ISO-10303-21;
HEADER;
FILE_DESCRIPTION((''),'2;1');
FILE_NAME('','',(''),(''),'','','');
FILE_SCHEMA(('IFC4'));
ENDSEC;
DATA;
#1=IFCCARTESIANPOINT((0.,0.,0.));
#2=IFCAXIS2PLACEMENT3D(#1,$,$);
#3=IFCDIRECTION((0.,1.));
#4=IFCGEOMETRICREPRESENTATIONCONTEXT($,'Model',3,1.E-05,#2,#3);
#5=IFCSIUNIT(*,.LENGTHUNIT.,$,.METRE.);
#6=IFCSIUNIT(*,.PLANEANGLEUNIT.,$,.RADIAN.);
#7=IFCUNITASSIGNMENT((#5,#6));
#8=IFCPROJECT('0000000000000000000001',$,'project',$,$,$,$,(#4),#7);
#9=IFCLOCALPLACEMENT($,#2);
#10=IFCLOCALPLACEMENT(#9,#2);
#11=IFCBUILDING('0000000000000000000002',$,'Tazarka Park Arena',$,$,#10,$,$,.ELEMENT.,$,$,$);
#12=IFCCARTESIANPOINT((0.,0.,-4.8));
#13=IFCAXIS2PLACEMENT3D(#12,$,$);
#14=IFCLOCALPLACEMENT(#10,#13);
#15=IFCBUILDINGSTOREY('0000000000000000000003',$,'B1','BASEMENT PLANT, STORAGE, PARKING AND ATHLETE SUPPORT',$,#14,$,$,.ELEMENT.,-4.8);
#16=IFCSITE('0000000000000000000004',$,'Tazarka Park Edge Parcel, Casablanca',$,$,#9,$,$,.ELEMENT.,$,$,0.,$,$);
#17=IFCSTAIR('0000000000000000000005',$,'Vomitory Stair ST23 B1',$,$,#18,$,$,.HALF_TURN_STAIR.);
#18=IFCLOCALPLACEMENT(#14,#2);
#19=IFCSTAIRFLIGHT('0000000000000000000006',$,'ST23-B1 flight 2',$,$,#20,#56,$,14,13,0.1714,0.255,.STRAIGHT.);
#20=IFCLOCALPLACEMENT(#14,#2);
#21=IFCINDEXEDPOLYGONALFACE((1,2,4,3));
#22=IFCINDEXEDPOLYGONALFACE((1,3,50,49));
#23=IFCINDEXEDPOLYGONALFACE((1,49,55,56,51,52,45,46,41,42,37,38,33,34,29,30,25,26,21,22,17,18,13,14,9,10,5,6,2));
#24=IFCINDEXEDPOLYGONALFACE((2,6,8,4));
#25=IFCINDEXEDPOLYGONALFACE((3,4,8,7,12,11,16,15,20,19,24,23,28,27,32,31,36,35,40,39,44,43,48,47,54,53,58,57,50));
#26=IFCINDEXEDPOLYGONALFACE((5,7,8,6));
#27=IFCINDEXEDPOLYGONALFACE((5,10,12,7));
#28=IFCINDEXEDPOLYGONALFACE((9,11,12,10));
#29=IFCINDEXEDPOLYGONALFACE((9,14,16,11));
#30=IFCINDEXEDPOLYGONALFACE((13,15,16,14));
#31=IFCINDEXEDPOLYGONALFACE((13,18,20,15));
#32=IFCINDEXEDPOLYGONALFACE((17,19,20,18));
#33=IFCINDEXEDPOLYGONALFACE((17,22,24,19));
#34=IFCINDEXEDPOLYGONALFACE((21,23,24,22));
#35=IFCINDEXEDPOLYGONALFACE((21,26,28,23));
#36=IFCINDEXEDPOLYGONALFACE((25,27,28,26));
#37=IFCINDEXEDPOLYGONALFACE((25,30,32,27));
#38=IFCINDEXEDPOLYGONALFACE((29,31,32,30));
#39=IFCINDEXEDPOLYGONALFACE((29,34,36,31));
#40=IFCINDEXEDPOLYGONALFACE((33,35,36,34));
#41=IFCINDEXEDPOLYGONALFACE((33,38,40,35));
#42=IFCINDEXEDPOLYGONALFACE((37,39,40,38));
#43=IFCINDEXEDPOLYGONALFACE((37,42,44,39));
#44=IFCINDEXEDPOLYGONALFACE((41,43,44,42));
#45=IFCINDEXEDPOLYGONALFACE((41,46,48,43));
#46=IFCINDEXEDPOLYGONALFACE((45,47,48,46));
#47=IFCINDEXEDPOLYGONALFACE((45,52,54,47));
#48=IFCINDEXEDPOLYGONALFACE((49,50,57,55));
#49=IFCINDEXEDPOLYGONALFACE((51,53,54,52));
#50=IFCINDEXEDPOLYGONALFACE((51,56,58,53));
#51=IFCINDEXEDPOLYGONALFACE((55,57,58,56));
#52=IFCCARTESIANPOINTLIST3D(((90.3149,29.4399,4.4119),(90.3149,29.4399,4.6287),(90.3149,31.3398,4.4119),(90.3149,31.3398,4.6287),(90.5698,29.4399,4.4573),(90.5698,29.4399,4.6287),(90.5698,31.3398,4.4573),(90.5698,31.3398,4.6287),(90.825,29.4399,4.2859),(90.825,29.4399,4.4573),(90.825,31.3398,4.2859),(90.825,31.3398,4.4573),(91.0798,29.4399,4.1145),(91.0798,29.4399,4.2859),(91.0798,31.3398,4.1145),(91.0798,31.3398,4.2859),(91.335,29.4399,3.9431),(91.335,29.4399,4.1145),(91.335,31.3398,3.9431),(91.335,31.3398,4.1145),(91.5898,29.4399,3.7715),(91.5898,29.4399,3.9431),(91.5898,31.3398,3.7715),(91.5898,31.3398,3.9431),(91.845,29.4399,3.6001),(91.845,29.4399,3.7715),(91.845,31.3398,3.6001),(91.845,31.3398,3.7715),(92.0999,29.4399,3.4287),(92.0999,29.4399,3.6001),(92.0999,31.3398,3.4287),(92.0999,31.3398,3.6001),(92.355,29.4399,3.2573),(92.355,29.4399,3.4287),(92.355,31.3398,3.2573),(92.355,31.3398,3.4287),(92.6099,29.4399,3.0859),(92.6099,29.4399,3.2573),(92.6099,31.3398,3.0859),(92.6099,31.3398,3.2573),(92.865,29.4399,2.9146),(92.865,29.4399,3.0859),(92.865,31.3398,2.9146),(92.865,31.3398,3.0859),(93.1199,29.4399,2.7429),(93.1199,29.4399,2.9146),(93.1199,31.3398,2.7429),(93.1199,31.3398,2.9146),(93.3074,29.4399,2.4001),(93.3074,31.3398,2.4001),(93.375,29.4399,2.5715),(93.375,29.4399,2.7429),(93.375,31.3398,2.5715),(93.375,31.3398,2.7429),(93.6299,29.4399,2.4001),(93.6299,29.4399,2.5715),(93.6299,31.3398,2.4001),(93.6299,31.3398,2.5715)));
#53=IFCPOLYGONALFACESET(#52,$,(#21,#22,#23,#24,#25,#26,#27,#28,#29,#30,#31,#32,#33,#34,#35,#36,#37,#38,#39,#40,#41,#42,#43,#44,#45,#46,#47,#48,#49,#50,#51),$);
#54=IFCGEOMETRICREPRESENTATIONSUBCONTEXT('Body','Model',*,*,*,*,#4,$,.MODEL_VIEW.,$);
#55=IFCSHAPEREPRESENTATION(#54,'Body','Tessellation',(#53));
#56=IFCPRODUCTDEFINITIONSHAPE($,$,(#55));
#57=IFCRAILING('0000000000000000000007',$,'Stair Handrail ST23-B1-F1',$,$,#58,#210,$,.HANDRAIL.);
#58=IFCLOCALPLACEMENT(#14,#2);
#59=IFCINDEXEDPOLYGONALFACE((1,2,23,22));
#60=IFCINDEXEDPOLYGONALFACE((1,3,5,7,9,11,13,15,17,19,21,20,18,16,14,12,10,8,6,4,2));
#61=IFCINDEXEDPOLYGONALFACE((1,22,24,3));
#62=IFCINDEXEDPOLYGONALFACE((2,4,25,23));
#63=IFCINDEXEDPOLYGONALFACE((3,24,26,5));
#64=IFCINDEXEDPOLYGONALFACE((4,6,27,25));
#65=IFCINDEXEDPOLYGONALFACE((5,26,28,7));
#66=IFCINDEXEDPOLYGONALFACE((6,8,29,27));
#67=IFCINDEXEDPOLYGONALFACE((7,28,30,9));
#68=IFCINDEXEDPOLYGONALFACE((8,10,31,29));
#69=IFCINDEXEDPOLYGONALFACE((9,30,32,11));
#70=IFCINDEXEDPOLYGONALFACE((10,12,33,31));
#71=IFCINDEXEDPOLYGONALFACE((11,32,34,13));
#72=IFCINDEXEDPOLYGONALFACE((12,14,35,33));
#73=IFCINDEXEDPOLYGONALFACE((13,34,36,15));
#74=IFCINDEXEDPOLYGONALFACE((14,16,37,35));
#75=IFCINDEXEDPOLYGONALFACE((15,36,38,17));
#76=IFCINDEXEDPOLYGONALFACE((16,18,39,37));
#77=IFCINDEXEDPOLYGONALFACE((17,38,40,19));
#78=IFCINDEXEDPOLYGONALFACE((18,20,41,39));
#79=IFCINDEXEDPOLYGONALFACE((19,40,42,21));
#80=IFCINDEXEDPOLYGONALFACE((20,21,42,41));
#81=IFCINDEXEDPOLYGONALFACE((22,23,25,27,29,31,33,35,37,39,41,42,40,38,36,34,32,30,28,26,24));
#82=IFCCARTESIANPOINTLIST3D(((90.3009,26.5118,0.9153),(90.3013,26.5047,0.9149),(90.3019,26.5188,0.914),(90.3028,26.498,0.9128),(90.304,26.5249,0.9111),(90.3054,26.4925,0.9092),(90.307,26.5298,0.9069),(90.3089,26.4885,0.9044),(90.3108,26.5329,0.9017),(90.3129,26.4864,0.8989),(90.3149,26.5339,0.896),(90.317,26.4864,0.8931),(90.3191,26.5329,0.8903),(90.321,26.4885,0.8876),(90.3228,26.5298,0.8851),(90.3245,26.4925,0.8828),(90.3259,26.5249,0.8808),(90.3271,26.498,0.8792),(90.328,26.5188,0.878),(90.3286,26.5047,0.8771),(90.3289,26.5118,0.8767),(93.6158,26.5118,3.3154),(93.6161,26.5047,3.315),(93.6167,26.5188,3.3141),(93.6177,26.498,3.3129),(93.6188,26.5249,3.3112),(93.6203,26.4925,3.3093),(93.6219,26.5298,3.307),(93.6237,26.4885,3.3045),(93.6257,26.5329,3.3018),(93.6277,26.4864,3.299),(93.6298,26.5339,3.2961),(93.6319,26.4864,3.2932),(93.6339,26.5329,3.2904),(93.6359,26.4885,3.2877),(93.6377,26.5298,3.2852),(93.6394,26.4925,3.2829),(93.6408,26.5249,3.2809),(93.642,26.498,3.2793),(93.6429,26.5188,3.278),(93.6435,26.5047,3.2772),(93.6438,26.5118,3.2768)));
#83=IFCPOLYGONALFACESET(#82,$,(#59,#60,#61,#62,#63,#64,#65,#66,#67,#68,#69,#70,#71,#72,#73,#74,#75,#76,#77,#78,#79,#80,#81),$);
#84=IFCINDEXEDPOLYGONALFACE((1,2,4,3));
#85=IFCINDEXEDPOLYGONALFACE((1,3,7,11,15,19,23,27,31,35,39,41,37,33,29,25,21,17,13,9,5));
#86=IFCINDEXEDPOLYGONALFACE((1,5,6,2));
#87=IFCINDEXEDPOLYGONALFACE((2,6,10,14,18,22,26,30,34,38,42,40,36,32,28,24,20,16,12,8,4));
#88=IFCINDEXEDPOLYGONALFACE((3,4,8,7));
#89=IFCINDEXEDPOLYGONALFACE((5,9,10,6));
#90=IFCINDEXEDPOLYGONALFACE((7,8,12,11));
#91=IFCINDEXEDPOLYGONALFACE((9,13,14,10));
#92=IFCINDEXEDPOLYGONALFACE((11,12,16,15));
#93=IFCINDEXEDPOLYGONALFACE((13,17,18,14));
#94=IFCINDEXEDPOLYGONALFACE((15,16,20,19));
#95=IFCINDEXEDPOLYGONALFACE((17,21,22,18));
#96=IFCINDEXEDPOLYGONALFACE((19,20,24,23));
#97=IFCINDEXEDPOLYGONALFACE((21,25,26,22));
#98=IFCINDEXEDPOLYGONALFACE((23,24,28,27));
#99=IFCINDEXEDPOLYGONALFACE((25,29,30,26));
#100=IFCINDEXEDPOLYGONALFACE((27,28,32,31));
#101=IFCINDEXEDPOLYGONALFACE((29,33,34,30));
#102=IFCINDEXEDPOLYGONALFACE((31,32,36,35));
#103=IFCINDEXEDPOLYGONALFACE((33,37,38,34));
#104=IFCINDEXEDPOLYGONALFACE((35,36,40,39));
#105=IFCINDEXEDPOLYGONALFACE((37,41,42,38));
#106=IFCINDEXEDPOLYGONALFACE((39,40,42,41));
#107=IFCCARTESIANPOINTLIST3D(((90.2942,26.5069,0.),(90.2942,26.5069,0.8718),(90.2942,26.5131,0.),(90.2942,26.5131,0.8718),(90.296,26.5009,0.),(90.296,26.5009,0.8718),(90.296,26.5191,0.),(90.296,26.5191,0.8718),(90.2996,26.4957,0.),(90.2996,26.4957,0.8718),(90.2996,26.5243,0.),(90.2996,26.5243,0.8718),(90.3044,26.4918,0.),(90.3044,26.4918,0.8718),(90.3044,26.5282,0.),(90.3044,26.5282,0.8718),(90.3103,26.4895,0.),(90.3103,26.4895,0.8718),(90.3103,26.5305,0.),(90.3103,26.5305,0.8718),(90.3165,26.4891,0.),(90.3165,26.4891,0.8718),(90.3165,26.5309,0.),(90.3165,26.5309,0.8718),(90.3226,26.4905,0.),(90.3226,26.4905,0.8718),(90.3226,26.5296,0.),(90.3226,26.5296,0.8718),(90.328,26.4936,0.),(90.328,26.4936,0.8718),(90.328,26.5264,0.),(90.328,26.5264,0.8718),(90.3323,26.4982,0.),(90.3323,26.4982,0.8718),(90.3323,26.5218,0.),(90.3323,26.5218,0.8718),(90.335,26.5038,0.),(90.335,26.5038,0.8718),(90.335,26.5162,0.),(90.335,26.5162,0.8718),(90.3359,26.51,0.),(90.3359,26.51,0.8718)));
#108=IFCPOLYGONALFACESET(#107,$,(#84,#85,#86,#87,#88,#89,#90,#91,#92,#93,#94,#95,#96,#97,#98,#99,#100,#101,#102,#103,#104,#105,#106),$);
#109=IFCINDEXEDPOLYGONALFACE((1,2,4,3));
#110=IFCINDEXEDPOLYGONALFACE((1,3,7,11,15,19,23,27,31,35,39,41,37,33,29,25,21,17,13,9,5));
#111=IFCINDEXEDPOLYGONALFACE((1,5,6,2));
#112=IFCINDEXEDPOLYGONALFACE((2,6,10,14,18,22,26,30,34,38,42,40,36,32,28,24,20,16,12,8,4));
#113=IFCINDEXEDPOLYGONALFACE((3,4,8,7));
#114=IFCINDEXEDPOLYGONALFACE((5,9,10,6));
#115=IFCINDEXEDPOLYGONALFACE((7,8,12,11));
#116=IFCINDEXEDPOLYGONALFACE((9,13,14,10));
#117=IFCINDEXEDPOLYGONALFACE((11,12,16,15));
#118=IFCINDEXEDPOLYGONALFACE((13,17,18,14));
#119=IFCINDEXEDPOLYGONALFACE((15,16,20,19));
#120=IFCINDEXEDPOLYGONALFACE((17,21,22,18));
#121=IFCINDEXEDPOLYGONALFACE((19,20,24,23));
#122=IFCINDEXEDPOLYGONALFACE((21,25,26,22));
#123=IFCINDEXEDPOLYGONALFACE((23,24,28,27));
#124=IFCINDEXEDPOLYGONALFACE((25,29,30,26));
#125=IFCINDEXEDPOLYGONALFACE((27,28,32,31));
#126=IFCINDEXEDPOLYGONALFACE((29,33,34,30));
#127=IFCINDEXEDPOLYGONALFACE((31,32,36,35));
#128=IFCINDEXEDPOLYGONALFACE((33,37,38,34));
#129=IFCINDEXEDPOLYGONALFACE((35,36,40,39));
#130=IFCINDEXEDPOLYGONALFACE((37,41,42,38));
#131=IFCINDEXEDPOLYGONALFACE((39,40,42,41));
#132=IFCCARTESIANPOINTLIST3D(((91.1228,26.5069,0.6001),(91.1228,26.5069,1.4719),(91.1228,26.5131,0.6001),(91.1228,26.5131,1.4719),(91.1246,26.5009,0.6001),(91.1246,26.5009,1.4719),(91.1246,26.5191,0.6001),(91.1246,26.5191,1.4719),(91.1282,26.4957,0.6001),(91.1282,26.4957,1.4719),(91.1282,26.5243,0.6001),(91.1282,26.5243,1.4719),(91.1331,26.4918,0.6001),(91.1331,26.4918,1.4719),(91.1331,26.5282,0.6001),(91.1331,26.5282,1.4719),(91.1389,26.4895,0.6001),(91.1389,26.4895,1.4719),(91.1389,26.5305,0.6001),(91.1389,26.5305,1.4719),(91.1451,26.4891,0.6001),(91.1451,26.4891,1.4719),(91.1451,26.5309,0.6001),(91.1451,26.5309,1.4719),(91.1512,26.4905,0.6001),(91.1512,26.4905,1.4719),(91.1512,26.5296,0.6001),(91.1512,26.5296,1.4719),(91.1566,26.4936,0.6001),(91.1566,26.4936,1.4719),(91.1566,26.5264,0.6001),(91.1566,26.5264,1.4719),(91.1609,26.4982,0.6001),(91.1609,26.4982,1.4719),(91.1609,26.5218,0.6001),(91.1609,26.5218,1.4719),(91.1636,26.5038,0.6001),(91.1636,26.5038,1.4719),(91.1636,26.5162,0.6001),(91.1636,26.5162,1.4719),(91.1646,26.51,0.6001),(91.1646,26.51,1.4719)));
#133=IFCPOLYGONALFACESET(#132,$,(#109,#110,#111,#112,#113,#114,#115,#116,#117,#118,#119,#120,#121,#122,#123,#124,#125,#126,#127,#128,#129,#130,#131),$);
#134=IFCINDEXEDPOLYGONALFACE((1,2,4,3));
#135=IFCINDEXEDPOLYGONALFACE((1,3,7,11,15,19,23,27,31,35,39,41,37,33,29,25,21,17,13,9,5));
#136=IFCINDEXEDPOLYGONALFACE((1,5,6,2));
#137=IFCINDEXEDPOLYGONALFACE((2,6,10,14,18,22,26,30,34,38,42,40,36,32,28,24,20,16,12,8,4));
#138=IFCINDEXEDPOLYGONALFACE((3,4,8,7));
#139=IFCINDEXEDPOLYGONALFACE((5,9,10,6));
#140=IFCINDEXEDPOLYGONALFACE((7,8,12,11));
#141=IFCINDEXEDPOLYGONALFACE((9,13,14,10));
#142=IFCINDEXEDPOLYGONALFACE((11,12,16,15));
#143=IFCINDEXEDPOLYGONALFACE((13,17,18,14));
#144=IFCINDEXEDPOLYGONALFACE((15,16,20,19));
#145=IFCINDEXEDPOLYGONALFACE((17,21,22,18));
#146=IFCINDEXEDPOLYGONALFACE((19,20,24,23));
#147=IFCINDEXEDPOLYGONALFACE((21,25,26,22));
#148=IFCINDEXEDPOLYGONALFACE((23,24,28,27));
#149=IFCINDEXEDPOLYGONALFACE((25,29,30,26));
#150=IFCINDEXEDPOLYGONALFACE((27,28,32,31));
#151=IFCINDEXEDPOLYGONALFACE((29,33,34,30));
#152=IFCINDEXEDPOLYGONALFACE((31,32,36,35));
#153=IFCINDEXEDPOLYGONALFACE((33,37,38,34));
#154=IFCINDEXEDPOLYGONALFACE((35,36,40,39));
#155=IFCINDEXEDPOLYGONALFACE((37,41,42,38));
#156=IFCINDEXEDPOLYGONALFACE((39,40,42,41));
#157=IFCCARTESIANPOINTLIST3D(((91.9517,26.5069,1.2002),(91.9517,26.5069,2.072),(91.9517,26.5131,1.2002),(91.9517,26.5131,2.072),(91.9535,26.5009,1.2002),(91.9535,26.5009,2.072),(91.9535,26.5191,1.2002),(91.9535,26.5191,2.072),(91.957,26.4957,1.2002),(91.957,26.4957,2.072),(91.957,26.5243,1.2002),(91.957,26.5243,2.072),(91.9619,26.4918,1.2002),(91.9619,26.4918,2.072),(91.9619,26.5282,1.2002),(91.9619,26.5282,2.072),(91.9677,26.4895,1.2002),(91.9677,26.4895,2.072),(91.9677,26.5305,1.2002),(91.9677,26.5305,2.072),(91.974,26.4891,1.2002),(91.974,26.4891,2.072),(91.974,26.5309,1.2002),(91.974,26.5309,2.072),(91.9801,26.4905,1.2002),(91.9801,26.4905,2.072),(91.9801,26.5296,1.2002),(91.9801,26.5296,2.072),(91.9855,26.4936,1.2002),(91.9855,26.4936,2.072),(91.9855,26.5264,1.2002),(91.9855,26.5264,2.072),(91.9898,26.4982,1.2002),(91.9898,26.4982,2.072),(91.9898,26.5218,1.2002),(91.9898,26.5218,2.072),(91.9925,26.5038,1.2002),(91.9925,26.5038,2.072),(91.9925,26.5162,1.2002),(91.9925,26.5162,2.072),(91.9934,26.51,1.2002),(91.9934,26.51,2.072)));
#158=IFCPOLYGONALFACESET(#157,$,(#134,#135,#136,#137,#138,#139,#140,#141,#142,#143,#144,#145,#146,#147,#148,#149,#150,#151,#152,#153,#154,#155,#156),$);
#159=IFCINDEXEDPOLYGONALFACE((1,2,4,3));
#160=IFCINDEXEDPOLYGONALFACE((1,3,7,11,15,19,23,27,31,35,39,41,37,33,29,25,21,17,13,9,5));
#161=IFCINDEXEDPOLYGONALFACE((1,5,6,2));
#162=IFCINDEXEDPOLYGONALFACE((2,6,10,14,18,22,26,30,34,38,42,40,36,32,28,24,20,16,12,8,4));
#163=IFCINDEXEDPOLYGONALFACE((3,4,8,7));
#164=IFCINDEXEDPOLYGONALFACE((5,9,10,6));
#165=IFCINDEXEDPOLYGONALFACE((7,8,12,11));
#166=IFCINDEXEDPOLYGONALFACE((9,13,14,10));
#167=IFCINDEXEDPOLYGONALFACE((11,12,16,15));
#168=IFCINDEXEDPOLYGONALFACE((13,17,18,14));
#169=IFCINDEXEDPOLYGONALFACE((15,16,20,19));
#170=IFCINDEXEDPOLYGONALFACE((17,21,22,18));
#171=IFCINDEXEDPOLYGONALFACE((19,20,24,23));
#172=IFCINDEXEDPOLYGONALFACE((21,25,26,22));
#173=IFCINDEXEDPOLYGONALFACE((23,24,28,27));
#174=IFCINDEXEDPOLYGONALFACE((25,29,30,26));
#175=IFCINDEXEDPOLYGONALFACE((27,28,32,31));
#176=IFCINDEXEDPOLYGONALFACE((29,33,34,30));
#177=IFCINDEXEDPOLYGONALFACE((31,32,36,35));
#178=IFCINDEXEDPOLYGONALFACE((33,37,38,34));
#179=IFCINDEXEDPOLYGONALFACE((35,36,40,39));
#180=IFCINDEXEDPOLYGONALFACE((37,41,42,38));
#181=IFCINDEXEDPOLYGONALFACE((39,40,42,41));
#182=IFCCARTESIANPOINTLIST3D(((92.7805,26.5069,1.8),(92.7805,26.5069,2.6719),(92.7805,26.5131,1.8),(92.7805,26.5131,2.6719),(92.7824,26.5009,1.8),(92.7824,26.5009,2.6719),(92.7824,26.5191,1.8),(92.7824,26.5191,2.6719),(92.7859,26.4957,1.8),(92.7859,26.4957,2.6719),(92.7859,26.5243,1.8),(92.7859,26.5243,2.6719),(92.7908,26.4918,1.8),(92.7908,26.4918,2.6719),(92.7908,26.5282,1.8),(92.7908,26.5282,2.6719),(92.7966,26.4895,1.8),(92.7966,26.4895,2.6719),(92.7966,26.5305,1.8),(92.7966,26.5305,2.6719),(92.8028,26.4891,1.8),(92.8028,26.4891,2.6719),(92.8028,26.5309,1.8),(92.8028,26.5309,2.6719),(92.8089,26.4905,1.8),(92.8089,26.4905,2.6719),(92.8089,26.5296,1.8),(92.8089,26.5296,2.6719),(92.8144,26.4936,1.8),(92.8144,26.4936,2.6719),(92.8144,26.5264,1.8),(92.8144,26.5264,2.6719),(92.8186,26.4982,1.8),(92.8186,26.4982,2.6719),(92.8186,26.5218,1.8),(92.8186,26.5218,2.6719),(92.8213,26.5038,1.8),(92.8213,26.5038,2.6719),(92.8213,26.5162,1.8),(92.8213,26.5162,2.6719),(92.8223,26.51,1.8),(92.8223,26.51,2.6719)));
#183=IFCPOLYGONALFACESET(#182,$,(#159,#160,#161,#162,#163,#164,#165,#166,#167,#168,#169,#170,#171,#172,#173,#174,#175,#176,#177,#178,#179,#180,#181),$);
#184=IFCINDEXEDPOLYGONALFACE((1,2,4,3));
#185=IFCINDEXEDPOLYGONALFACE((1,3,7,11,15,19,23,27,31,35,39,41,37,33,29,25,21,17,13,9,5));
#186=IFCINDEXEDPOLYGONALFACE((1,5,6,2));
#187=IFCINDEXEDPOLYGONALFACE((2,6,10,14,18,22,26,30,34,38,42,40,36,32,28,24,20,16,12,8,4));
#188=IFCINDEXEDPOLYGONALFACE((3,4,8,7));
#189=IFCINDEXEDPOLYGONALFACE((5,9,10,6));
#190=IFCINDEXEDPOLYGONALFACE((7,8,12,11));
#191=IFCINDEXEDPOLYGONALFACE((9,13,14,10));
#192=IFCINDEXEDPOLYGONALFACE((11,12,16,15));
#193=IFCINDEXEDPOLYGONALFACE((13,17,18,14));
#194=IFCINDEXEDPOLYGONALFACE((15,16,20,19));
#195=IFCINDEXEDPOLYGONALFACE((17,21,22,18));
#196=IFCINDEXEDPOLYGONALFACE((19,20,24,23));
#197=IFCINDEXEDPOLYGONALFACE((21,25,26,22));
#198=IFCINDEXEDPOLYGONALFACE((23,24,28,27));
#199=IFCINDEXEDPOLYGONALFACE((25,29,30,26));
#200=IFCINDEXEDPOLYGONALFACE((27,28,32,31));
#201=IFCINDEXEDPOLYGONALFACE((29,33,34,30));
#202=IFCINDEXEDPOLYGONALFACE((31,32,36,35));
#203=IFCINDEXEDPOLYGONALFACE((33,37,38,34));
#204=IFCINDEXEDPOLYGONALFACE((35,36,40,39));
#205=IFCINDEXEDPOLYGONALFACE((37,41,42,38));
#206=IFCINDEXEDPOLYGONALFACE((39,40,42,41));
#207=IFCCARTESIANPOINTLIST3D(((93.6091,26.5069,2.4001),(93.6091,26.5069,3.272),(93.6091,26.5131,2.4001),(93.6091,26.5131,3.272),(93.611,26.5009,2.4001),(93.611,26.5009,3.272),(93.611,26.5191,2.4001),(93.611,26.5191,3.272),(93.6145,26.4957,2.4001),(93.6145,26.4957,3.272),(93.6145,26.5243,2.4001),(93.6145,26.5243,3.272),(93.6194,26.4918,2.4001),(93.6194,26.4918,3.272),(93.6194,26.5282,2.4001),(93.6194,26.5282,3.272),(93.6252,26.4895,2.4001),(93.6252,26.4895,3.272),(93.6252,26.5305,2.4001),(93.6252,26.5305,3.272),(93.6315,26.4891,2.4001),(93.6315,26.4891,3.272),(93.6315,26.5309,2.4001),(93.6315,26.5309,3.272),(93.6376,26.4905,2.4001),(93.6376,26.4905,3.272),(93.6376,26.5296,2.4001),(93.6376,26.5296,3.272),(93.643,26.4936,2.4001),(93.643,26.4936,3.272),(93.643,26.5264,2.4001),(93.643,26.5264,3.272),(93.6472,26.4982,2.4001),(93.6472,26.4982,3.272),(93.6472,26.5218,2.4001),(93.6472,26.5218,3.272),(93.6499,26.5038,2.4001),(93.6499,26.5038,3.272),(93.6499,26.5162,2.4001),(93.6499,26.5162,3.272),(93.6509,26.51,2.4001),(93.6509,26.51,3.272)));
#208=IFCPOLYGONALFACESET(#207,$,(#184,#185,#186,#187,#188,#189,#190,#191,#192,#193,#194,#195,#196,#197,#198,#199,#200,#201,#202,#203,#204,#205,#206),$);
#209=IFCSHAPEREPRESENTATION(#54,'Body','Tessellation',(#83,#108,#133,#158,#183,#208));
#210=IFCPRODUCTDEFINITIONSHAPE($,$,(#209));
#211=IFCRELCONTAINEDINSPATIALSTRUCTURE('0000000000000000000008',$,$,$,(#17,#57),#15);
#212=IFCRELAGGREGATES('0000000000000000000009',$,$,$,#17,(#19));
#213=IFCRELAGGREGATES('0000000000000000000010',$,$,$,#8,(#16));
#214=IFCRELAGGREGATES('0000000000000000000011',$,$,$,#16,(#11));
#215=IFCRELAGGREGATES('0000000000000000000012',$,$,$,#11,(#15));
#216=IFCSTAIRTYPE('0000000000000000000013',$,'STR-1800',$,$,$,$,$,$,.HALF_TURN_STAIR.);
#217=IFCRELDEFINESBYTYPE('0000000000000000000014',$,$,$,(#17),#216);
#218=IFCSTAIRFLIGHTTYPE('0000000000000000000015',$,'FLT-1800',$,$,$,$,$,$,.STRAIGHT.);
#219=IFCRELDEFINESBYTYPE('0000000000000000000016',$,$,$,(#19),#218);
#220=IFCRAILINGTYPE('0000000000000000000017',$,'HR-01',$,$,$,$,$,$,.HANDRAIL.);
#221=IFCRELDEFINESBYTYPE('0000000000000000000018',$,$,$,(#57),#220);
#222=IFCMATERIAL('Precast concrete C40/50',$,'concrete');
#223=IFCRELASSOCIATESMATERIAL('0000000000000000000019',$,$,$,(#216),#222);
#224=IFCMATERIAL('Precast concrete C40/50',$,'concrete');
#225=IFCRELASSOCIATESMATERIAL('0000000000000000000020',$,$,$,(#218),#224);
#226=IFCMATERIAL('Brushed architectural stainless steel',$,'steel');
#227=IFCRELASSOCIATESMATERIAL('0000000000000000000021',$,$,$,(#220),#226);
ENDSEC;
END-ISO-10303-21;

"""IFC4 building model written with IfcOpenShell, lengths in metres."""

from ifc_helpers import new_model, si_unit, direction, frame, origin, origin_2d, place, context, subcontext, project, spatial, polyline, circle, outline, extrude, material, type_object, element, aggregate, save


model = new_model("IFC4")

# Units and contexts
model_context = context("Model", 3, precision=1e-05, world=origin(), true_north=direction((0.0, 1.0)))
body_context = subcontext(model_context, "Body", "Model", "MODEL_VIEW")
ifc_project = project(units=[si_unit("LENGTHUNIT", "METRE"), si_unit("PLANEANGLEUNIT", "RADIAN")], contexts=[model_context])

# Site, building, storey
site_placement = place(None, origin())
site = spatial("IfcSite", under=ifc_project, at=site_placement, Name="Tazarka Park Edge Parcel, Casablanca", CompositionType="ELEMENT", RefElevation=0.0)
building_placement = place(site_placement, origin())
building = spatial("IfcBuilding", under=site, at=building_placement, Name="Tazarka Park Arena", CompositionType="ELEMENT")
storey_placement = place(building_placement, frame((0.0, 0.0, -4.8)))
storey = spatial("IfcBuildingStorey", under=building, at=storey_placement, Name="B1", Description="BASEMENT PLANT, STORAGE, PARKING AND ATHLETE SUPPORT", CompositionType="ELEMENT", Elevation=-4.8)

# Stair, stair flight
ifc_material_1 = material(Name="Precast concrete C40/50", Category="concrete")
stair_type = type_object("IfcStairType", Name="STR-1800", PredefinedType="HALF_TURN_STAIR", material=ifc_material_1)
stair_placement = place(storey_placement, origin())
stair = element("IfcStair", 1, at=stair_placement, inside=storey, type_object=stair_type, Name="Vomitory Stair ST23 B1", PredefinedType="HALF_TURN_STAIR")
ifc_material_2 = material(Name="Precast concrete C40/50", Category="concrete")
stair_flight_type = type_object("IfcStairFlightType", Name="FLT-1800", PredefinedType="STRAIGHT", material=ifc_material_2)
stair_flight_1_placement = place(storey_placement, frame((93.6299, 30.3899, 2.4001), z_axis=(0.0, 0.0, 1.0), x_axis=(-1.0, 0.0, 0.0)))
stair_flight_1 = element("IfcStairFlight", 2, at=stair_flight_1_placement, type_object=stair_flight_type, Name="ST23-B1 flight 2", NumberOfRisers=14, NumberOfTreads=13, PredefinedType="STRAIGHT", RiserHeight=0.1714, TreadLength=0.255, context=body_context, shape_type="SweptSolid", body=[
    extrude(outline(polyline([(0.0, 0.0), (0.0, 0.1714), (0.2549, 0.1714), (0.2549, 0.3428), (0.51, 0.3428), (0.51, 0.5144), (0.7649, 0.5144), (0.7649, 0.6858), (1.02, 0.6858), (1.02, 0.8572), (1.2749, 0.8572), (1.2749, 1.0286), (1.53, 1.0286), (1.53, 1.2), (1.7849, 1.2), (1.7849, 1.3713), (2.04, 1.3713), (2.04, 1.543), (2.2949, 1.543), (2.2949, 1.7144), (2.55, 1.7144), (2.55, 1.8857), (2.8049, 1.8857), (2.8049, 2.0571), (3.0601, 2.0571), (3.0601, 2.2285), (3.3149, 2.2285), (3.3149, 2.3999), (3.3149, 2.0117), (0.3225, 0.0), (0.0, 0.0)])), frame((0.0, 0.95, 0.0), z_axis=(0.0, -1.0, 0.0), x_axis=(1.0, 0.0, 0.0)), (0.0, 0.0, 1.0), 1.8999),
])
aggregate(stair, [stair_flight_1])

# Railing
ifc_material_3 = material(Name="Brushed architectural stainless steel", Category="steel")
railing_type_1 = type_object("IfcRailingType", Name="HR-01", PredefinedType="HANDRAIL", material=ifc_material_3)
railing_1_placement = place(storey_placement, frame((90.3149, 26.51, 0.0)))
element("IfcRailing", 3, at=railing_1_placement, inside=storey, type_object=railing_type_1, Name="Stair Handrail ST23-B1-F1", PredefinedType="HANDRAIL", context=body_context, shape_type="SweptSolid", body=[
    extrude(circle(Radius=0.0239, at=origin_2d()), frame((0.0, 0.0, 0.896), z_axis=(0.80998, 0.0, 0.586457), x_axis=(0.0, 1.0, 0.0)), (0.0, 0.0, 1.0), 4.0925),
    extrude(circle(Radius=0.021, at=origin_2d()), origin(), (0.0, 0.0, 1.0), 0.8718),
    extrude(circle(Radius=0.021, at=origin_2d()), frame((0.8286, 0.0, 0.6001)), (0.0, 0.0, 1.0), 0.8718),
    extrude(circle(Radius=0.021, at=origin_2d()), frame((1.6575, 0.0, 1.2002)), (0.0, 0.0, 1.0), 0.8718),
    extrude(circle(Radius=0.021, at=origin_2d()), frame((2.4863, 0.0, 1.8)), (0.0, 0.0, 1.0), 0.8718),
    extrude(circle(Radius=0.021, at=origin_2d()), frame((3.3149, 0.0, 2.4001)), (0.0, 0.0, 1.0), 0.8718),
])

save(model, "model.ifc")
